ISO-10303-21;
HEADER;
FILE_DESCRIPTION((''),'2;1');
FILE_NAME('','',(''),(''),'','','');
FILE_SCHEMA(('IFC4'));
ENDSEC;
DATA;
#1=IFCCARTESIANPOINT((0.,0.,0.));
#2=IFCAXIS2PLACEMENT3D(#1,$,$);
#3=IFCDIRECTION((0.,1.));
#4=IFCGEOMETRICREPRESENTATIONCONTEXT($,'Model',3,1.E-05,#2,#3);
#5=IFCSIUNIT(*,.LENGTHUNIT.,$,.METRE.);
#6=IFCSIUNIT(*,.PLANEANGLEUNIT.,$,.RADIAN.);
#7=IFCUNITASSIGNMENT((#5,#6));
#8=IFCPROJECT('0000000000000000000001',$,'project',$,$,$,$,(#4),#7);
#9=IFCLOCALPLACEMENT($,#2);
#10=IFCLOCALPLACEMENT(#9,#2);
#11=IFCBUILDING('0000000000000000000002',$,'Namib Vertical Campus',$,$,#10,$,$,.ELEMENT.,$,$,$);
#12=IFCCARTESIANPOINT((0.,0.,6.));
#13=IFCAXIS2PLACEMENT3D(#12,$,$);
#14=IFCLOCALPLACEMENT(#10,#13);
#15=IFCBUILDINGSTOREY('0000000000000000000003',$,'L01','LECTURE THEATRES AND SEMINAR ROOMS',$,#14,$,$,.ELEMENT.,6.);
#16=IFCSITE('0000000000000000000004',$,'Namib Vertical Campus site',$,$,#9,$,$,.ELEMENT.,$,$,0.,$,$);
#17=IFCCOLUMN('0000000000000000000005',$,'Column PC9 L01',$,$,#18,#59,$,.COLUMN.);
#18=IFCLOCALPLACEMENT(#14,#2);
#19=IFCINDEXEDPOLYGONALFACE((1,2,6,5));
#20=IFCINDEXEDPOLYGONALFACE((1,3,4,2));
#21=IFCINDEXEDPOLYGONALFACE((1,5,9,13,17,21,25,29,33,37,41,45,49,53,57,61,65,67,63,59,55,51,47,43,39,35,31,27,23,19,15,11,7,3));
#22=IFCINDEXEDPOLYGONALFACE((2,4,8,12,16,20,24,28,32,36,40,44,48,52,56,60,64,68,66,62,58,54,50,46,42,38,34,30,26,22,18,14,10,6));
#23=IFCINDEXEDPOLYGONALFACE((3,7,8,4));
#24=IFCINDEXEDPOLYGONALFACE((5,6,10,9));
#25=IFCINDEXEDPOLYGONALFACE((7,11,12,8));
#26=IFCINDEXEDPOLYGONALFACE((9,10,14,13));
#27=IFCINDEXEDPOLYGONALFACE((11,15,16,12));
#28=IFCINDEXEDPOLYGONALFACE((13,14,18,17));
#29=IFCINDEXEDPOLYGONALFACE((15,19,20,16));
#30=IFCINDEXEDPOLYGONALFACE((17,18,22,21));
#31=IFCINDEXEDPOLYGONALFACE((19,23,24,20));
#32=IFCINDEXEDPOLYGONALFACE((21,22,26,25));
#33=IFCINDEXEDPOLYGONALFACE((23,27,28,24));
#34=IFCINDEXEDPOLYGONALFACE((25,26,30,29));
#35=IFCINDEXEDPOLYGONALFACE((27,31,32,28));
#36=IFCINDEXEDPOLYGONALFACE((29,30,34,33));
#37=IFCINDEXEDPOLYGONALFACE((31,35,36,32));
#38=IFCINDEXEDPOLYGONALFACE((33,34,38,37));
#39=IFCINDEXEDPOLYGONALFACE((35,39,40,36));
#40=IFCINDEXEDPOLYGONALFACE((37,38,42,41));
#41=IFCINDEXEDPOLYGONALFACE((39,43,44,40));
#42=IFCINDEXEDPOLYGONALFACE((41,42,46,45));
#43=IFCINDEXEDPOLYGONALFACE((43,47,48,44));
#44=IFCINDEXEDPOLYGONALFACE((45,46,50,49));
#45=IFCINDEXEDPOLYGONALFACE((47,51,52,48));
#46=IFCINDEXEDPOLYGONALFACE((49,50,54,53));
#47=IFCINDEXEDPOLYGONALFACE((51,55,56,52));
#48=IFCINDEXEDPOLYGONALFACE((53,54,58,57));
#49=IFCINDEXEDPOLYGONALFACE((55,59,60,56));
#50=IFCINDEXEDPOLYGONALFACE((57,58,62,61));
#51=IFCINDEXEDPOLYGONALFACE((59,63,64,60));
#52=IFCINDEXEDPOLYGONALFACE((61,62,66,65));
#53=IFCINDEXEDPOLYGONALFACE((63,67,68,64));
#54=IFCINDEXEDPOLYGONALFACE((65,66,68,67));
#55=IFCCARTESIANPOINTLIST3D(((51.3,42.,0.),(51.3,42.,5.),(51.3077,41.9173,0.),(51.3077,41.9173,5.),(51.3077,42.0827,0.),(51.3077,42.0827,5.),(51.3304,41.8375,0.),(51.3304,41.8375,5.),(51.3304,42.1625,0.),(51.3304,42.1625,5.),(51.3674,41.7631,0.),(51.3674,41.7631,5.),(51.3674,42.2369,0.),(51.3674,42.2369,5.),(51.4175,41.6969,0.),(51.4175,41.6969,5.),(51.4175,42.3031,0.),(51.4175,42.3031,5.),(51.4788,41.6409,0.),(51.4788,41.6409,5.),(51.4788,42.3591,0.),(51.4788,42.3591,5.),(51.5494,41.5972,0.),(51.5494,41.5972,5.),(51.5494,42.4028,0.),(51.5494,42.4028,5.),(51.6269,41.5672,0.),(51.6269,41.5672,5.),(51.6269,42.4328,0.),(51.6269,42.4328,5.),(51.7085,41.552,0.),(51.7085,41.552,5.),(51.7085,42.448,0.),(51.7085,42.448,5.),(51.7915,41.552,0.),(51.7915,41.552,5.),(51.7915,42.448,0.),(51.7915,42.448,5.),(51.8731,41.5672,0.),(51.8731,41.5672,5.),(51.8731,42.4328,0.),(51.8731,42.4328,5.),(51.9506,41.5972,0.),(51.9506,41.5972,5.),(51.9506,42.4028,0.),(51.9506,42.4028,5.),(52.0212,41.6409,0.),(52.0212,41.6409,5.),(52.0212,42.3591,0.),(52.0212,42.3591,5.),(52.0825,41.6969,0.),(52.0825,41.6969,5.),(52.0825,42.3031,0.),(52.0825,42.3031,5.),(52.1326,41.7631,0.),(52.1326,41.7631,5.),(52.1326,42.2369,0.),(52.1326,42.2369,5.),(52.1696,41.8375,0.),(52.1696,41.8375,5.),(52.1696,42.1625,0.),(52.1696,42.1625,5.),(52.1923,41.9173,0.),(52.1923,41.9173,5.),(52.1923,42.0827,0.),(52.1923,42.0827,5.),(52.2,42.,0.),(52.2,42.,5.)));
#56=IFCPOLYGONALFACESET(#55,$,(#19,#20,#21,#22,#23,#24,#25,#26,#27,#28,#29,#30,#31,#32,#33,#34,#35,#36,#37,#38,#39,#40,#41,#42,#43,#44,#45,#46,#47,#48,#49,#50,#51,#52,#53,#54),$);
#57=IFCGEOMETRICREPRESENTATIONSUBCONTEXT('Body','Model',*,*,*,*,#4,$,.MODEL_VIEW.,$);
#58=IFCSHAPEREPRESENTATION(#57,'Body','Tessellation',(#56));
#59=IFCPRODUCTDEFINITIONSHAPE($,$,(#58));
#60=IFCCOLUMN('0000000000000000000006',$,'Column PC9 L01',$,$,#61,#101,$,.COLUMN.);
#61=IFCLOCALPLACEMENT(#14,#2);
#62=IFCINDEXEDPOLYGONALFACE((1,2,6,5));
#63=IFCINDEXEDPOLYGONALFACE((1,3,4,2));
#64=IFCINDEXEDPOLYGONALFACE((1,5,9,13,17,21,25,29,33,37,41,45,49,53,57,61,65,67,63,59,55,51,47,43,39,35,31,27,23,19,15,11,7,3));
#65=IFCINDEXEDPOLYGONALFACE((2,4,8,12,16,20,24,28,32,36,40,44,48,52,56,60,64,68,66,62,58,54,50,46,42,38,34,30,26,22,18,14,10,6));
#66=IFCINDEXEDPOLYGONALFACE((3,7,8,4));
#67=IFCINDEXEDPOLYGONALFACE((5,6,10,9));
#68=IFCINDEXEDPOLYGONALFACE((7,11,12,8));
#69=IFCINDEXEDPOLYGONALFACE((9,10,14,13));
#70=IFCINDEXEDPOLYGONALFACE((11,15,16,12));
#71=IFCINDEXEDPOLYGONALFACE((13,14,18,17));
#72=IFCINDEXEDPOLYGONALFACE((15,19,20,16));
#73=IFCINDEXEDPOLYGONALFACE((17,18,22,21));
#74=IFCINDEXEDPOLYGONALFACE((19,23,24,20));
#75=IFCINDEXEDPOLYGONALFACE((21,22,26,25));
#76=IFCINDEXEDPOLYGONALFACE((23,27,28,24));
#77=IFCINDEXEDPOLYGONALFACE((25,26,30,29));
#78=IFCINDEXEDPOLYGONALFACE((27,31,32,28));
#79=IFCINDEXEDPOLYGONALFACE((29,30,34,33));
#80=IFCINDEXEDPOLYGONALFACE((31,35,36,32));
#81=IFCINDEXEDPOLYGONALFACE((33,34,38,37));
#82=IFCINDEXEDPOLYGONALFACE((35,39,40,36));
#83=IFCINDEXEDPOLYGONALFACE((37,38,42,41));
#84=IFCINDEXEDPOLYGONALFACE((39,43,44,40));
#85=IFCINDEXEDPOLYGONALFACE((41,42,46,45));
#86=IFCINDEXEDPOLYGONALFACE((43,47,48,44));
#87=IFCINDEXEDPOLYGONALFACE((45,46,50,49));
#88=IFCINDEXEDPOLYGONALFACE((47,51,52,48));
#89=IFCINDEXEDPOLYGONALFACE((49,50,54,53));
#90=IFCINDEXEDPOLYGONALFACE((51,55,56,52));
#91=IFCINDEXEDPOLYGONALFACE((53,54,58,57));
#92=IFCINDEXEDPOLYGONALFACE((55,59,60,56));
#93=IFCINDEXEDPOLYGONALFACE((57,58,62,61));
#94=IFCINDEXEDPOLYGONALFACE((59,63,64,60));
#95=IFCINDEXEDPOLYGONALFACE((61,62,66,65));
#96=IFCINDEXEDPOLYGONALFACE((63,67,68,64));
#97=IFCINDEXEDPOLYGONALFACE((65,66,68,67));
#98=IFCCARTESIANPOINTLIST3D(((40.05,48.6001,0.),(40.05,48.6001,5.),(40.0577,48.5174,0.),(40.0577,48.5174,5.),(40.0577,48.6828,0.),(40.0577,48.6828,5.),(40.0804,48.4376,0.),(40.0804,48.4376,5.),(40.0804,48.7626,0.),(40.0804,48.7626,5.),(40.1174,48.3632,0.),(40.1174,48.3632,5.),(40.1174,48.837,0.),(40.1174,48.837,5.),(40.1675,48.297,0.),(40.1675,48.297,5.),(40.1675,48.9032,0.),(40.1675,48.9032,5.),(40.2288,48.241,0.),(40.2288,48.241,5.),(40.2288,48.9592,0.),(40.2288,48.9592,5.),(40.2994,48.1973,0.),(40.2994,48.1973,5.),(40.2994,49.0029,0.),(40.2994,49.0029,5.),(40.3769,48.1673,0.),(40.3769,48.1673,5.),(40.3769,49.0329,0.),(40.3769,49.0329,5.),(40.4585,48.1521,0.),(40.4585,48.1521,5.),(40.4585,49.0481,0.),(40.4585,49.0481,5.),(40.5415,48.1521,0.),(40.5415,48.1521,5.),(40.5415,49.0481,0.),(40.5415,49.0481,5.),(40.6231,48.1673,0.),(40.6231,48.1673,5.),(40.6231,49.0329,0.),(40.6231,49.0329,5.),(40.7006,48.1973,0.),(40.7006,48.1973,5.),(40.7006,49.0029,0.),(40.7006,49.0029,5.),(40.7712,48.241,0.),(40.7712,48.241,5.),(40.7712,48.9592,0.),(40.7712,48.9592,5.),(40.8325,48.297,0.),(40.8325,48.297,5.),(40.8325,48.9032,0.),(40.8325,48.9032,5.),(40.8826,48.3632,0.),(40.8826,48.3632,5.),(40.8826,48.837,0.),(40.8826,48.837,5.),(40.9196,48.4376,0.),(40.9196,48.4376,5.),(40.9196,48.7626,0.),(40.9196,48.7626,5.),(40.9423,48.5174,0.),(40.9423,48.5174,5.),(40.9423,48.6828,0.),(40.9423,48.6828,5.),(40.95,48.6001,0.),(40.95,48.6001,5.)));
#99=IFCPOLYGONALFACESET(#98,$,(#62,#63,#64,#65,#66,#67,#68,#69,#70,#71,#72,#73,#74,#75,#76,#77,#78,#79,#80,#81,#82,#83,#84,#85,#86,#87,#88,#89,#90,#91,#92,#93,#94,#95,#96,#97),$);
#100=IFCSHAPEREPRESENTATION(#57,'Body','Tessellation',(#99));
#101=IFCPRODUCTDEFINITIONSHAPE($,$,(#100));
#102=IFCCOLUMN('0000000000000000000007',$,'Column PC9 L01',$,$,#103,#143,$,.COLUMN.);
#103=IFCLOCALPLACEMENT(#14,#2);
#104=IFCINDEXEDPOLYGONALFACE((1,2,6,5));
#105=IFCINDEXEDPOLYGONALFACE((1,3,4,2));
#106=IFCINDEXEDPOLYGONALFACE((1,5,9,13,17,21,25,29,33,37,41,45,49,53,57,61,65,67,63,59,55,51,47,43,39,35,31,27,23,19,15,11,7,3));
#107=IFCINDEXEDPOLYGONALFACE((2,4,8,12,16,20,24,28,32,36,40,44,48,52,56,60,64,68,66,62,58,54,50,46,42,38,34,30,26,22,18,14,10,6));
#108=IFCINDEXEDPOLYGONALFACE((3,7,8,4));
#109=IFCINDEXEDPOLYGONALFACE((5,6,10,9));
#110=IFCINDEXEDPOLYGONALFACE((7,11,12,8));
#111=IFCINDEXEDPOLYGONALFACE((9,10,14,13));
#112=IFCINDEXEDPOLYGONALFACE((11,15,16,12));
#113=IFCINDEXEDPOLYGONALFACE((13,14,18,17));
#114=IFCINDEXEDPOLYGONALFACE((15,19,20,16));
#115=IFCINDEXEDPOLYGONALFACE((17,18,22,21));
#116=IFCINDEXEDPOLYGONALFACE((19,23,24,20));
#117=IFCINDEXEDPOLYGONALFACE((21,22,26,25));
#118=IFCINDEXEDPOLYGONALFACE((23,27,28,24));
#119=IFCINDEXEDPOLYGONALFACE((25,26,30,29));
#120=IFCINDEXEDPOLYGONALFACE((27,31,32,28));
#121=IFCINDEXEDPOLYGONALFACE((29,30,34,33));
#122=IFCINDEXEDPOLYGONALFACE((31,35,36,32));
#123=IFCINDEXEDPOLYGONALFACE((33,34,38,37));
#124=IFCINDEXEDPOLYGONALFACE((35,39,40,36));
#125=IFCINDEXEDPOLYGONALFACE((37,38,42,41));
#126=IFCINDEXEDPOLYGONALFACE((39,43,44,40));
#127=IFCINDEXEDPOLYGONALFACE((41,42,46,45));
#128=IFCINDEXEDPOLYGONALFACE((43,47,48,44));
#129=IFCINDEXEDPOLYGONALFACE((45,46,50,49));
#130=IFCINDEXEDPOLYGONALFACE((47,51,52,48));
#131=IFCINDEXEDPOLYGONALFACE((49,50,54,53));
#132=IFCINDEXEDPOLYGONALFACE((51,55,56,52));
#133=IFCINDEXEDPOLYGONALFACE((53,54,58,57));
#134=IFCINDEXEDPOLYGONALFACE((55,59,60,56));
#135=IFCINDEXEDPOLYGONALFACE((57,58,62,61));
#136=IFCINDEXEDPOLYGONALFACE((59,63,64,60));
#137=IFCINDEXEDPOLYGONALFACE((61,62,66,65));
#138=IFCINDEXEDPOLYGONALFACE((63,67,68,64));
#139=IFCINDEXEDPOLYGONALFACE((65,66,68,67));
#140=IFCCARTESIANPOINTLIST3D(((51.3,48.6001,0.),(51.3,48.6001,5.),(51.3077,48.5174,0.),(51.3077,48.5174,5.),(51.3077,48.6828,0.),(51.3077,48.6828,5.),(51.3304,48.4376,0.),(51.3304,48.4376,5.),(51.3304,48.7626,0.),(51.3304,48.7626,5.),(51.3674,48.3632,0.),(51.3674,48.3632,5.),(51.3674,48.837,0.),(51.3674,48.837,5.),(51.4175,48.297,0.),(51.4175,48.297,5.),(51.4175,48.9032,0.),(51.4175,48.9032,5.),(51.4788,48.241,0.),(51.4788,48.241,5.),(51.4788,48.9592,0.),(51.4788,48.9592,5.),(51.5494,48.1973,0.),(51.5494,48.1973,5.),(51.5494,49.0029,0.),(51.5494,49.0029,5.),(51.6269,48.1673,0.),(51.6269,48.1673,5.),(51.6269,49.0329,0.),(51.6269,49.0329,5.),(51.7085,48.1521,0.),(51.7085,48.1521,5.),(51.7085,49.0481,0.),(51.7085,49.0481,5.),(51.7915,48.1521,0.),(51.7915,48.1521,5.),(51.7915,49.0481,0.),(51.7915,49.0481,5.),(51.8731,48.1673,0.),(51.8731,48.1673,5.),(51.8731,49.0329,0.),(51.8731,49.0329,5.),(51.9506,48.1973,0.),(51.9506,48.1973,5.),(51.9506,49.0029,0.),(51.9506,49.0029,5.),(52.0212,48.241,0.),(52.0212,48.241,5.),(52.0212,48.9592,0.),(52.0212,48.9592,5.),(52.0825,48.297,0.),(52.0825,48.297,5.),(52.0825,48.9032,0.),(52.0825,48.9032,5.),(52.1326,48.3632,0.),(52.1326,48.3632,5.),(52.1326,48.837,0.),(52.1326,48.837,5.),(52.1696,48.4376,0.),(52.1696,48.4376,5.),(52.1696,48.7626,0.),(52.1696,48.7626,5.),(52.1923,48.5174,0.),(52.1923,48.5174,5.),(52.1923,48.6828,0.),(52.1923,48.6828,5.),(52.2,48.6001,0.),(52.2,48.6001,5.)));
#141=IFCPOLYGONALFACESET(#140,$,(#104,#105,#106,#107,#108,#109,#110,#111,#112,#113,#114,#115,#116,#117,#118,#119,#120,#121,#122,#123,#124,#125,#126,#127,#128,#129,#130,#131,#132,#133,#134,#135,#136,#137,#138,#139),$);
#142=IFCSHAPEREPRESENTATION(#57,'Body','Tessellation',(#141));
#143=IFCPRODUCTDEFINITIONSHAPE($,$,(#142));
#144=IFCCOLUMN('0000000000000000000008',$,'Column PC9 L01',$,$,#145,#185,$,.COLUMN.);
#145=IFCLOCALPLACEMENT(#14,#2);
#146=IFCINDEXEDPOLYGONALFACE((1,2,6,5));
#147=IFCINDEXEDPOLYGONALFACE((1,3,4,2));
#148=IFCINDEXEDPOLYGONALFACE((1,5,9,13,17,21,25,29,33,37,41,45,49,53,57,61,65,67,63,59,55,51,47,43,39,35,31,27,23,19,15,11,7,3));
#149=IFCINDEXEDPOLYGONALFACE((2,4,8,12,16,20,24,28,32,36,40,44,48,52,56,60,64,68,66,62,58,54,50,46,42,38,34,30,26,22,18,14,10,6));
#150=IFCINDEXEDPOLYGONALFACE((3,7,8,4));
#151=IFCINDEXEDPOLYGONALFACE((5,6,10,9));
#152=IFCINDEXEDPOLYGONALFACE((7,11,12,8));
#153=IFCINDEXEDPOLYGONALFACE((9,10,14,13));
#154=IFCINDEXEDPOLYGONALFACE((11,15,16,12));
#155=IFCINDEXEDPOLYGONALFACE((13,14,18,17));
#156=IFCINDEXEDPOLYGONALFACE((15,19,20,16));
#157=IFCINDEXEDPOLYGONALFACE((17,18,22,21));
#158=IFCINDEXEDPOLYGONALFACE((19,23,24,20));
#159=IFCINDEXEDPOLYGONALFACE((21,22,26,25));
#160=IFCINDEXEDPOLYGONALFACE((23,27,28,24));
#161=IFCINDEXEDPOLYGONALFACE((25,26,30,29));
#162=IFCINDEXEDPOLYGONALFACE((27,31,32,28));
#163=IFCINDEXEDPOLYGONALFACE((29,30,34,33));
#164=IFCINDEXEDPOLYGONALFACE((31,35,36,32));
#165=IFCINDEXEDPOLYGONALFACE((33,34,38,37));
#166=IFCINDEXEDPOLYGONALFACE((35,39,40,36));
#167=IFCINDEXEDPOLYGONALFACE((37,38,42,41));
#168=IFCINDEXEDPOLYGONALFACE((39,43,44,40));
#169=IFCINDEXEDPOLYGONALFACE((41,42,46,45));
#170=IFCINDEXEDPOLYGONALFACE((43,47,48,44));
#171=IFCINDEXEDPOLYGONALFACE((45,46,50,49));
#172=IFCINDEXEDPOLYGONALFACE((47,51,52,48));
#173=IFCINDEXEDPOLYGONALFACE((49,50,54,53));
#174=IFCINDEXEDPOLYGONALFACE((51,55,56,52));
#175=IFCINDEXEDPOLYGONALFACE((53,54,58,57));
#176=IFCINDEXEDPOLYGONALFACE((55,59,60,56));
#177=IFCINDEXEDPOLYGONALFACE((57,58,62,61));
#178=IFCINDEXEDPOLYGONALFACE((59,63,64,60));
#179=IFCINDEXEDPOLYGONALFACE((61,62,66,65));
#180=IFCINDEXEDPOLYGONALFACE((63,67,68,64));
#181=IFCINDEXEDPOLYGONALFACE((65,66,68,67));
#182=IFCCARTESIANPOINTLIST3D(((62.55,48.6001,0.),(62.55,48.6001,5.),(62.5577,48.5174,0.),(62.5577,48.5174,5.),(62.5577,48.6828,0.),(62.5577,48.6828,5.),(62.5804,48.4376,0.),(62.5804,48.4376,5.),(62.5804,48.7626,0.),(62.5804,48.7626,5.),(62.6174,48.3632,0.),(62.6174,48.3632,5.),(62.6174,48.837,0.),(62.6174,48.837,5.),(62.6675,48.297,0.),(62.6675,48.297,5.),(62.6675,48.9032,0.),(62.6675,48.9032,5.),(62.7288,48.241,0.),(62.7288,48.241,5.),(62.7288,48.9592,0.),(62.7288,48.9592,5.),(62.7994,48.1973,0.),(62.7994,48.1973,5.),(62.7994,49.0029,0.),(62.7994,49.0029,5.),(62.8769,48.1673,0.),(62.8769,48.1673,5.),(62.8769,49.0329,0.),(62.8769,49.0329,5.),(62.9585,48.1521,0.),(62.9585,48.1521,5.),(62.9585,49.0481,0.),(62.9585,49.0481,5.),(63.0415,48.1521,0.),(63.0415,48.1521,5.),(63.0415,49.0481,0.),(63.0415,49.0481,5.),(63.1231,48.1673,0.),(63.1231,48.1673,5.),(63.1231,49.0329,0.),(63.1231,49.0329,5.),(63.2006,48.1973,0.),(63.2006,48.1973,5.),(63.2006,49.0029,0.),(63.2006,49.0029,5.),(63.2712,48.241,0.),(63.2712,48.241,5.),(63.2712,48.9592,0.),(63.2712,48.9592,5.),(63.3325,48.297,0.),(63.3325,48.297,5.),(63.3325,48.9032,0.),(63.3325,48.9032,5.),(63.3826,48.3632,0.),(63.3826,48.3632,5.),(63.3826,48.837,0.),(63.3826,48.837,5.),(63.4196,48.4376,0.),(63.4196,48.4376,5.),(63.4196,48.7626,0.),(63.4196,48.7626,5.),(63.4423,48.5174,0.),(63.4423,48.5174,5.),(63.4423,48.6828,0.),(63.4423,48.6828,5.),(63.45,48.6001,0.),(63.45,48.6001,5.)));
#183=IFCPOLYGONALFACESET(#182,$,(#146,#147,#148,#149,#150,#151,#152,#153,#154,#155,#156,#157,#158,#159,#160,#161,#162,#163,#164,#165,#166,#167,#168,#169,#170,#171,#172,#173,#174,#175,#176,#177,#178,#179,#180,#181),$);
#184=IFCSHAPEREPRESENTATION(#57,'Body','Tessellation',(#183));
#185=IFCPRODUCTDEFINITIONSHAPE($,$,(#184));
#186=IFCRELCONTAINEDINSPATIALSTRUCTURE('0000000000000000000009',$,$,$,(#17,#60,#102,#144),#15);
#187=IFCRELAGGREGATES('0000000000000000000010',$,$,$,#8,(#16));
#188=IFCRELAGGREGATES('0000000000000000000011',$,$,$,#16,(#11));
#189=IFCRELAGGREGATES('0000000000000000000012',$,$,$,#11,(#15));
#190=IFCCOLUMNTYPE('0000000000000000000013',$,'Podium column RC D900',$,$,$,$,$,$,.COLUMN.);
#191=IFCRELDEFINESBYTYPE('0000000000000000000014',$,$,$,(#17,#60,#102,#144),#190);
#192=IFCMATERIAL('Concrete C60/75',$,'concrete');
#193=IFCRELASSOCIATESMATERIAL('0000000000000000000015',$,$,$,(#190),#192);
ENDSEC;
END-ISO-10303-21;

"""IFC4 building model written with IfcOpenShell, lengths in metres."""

from ifc_helpers import new_model, si_unit, direction, frame, origin, origin_2d, place, context, subcontext, project, spatial, circle, extrude, material, material_profile, profile_set, type_object, element, save


model = new_model("IFC4")

# Units and contexts
model_context = context("Model", 3, precision=1e-05, world=origin(), true_north=direction((0.0, 1.0)))
body_context = subcontext(model_context, "Body", "Model", "MODEL_VIEW")
ifc_project = project(units=[si_unit("LENGTHUNIT", "METRE"), si_unit("PLANEANGLEUNIT", "RADIAN")], contexts=[model_context])

# Site, building, storey
site_placement = place(None, origin())
site = spatial("IfcSite", under=ifc_project, at=site_placement, Name="Namib Vertical Campus site", CompositionType="ELEMENT", RefElevation=0.0)
building_placement = place(site_placement, origin())
building = spatial("IfcBuilding", under=site, at=building_placement, Name="Namib Vertical Campus", CompositionType="ELEMENT")
storey_placement = place(building_placement, frame((0.0, 0.0, 6.0)))
storey = spatial("IfcBuildingStorey", under=building, at=storey_placement, Name="L01", Description="LECTURE THEATRES AND SEMINAR ROOMS", CompositionType="ELEMENT", Elevation=6.0)

# Columns
ifc_material_1 = material(Name="Concrete C60/75", Category="concrete")
ifc_material_profile_1 = material_profile(ifc_material_1, circle(Radius=0.45, at=origin_2d()))
ifc_profile_set_1 = profile_set([ifc_material_profile_1], Name="Concrete C60/75")
column_type_1 = type_object("IfcColumnType", Name="Podium column RC D900", PredefinedType="COLUMN", material=ifc_profile_set_1)
for number, where, z_axis, x_axis, name in (
    (1, (51.75, 42.0, 0.0), (0.0, 0.0, 1.0), (1.0, 0.0, 0.0), "Column PC9 L01"),
    (2, (40.5, 48.6001, 0.0), (0.0, 0.0, 1.0), (1.0, 0.0, 0.0), "Column PC9 L01"),
    (3, (51.75, 48.6001, 0.0), (0.0, 0.0, 1.0), (1.0, 0.0, 0.0), "Column PC9 L01"),
    (4, (63.0, 48.6001, 0.0), (0.0, 0.0, 1.0), (1.0, 0.0, 0.0), "Column PC9 L01"),
):
    element("IfcColumn", number, at=place(storey_placement, frame(where, z_axis=z_axis, x_axis=x_axis)), inside=storey, type_object=column_type_1, Name=name, PredefinedType="COLUMN", context=body_context, shape_type="SweptSolid", body=[
        extrude(circle(Radius=0.45, at=origin_2d()), origin(), (0.0, 0.0, 1.0), 5.0),
    ])

save(model, "model.ifc")
